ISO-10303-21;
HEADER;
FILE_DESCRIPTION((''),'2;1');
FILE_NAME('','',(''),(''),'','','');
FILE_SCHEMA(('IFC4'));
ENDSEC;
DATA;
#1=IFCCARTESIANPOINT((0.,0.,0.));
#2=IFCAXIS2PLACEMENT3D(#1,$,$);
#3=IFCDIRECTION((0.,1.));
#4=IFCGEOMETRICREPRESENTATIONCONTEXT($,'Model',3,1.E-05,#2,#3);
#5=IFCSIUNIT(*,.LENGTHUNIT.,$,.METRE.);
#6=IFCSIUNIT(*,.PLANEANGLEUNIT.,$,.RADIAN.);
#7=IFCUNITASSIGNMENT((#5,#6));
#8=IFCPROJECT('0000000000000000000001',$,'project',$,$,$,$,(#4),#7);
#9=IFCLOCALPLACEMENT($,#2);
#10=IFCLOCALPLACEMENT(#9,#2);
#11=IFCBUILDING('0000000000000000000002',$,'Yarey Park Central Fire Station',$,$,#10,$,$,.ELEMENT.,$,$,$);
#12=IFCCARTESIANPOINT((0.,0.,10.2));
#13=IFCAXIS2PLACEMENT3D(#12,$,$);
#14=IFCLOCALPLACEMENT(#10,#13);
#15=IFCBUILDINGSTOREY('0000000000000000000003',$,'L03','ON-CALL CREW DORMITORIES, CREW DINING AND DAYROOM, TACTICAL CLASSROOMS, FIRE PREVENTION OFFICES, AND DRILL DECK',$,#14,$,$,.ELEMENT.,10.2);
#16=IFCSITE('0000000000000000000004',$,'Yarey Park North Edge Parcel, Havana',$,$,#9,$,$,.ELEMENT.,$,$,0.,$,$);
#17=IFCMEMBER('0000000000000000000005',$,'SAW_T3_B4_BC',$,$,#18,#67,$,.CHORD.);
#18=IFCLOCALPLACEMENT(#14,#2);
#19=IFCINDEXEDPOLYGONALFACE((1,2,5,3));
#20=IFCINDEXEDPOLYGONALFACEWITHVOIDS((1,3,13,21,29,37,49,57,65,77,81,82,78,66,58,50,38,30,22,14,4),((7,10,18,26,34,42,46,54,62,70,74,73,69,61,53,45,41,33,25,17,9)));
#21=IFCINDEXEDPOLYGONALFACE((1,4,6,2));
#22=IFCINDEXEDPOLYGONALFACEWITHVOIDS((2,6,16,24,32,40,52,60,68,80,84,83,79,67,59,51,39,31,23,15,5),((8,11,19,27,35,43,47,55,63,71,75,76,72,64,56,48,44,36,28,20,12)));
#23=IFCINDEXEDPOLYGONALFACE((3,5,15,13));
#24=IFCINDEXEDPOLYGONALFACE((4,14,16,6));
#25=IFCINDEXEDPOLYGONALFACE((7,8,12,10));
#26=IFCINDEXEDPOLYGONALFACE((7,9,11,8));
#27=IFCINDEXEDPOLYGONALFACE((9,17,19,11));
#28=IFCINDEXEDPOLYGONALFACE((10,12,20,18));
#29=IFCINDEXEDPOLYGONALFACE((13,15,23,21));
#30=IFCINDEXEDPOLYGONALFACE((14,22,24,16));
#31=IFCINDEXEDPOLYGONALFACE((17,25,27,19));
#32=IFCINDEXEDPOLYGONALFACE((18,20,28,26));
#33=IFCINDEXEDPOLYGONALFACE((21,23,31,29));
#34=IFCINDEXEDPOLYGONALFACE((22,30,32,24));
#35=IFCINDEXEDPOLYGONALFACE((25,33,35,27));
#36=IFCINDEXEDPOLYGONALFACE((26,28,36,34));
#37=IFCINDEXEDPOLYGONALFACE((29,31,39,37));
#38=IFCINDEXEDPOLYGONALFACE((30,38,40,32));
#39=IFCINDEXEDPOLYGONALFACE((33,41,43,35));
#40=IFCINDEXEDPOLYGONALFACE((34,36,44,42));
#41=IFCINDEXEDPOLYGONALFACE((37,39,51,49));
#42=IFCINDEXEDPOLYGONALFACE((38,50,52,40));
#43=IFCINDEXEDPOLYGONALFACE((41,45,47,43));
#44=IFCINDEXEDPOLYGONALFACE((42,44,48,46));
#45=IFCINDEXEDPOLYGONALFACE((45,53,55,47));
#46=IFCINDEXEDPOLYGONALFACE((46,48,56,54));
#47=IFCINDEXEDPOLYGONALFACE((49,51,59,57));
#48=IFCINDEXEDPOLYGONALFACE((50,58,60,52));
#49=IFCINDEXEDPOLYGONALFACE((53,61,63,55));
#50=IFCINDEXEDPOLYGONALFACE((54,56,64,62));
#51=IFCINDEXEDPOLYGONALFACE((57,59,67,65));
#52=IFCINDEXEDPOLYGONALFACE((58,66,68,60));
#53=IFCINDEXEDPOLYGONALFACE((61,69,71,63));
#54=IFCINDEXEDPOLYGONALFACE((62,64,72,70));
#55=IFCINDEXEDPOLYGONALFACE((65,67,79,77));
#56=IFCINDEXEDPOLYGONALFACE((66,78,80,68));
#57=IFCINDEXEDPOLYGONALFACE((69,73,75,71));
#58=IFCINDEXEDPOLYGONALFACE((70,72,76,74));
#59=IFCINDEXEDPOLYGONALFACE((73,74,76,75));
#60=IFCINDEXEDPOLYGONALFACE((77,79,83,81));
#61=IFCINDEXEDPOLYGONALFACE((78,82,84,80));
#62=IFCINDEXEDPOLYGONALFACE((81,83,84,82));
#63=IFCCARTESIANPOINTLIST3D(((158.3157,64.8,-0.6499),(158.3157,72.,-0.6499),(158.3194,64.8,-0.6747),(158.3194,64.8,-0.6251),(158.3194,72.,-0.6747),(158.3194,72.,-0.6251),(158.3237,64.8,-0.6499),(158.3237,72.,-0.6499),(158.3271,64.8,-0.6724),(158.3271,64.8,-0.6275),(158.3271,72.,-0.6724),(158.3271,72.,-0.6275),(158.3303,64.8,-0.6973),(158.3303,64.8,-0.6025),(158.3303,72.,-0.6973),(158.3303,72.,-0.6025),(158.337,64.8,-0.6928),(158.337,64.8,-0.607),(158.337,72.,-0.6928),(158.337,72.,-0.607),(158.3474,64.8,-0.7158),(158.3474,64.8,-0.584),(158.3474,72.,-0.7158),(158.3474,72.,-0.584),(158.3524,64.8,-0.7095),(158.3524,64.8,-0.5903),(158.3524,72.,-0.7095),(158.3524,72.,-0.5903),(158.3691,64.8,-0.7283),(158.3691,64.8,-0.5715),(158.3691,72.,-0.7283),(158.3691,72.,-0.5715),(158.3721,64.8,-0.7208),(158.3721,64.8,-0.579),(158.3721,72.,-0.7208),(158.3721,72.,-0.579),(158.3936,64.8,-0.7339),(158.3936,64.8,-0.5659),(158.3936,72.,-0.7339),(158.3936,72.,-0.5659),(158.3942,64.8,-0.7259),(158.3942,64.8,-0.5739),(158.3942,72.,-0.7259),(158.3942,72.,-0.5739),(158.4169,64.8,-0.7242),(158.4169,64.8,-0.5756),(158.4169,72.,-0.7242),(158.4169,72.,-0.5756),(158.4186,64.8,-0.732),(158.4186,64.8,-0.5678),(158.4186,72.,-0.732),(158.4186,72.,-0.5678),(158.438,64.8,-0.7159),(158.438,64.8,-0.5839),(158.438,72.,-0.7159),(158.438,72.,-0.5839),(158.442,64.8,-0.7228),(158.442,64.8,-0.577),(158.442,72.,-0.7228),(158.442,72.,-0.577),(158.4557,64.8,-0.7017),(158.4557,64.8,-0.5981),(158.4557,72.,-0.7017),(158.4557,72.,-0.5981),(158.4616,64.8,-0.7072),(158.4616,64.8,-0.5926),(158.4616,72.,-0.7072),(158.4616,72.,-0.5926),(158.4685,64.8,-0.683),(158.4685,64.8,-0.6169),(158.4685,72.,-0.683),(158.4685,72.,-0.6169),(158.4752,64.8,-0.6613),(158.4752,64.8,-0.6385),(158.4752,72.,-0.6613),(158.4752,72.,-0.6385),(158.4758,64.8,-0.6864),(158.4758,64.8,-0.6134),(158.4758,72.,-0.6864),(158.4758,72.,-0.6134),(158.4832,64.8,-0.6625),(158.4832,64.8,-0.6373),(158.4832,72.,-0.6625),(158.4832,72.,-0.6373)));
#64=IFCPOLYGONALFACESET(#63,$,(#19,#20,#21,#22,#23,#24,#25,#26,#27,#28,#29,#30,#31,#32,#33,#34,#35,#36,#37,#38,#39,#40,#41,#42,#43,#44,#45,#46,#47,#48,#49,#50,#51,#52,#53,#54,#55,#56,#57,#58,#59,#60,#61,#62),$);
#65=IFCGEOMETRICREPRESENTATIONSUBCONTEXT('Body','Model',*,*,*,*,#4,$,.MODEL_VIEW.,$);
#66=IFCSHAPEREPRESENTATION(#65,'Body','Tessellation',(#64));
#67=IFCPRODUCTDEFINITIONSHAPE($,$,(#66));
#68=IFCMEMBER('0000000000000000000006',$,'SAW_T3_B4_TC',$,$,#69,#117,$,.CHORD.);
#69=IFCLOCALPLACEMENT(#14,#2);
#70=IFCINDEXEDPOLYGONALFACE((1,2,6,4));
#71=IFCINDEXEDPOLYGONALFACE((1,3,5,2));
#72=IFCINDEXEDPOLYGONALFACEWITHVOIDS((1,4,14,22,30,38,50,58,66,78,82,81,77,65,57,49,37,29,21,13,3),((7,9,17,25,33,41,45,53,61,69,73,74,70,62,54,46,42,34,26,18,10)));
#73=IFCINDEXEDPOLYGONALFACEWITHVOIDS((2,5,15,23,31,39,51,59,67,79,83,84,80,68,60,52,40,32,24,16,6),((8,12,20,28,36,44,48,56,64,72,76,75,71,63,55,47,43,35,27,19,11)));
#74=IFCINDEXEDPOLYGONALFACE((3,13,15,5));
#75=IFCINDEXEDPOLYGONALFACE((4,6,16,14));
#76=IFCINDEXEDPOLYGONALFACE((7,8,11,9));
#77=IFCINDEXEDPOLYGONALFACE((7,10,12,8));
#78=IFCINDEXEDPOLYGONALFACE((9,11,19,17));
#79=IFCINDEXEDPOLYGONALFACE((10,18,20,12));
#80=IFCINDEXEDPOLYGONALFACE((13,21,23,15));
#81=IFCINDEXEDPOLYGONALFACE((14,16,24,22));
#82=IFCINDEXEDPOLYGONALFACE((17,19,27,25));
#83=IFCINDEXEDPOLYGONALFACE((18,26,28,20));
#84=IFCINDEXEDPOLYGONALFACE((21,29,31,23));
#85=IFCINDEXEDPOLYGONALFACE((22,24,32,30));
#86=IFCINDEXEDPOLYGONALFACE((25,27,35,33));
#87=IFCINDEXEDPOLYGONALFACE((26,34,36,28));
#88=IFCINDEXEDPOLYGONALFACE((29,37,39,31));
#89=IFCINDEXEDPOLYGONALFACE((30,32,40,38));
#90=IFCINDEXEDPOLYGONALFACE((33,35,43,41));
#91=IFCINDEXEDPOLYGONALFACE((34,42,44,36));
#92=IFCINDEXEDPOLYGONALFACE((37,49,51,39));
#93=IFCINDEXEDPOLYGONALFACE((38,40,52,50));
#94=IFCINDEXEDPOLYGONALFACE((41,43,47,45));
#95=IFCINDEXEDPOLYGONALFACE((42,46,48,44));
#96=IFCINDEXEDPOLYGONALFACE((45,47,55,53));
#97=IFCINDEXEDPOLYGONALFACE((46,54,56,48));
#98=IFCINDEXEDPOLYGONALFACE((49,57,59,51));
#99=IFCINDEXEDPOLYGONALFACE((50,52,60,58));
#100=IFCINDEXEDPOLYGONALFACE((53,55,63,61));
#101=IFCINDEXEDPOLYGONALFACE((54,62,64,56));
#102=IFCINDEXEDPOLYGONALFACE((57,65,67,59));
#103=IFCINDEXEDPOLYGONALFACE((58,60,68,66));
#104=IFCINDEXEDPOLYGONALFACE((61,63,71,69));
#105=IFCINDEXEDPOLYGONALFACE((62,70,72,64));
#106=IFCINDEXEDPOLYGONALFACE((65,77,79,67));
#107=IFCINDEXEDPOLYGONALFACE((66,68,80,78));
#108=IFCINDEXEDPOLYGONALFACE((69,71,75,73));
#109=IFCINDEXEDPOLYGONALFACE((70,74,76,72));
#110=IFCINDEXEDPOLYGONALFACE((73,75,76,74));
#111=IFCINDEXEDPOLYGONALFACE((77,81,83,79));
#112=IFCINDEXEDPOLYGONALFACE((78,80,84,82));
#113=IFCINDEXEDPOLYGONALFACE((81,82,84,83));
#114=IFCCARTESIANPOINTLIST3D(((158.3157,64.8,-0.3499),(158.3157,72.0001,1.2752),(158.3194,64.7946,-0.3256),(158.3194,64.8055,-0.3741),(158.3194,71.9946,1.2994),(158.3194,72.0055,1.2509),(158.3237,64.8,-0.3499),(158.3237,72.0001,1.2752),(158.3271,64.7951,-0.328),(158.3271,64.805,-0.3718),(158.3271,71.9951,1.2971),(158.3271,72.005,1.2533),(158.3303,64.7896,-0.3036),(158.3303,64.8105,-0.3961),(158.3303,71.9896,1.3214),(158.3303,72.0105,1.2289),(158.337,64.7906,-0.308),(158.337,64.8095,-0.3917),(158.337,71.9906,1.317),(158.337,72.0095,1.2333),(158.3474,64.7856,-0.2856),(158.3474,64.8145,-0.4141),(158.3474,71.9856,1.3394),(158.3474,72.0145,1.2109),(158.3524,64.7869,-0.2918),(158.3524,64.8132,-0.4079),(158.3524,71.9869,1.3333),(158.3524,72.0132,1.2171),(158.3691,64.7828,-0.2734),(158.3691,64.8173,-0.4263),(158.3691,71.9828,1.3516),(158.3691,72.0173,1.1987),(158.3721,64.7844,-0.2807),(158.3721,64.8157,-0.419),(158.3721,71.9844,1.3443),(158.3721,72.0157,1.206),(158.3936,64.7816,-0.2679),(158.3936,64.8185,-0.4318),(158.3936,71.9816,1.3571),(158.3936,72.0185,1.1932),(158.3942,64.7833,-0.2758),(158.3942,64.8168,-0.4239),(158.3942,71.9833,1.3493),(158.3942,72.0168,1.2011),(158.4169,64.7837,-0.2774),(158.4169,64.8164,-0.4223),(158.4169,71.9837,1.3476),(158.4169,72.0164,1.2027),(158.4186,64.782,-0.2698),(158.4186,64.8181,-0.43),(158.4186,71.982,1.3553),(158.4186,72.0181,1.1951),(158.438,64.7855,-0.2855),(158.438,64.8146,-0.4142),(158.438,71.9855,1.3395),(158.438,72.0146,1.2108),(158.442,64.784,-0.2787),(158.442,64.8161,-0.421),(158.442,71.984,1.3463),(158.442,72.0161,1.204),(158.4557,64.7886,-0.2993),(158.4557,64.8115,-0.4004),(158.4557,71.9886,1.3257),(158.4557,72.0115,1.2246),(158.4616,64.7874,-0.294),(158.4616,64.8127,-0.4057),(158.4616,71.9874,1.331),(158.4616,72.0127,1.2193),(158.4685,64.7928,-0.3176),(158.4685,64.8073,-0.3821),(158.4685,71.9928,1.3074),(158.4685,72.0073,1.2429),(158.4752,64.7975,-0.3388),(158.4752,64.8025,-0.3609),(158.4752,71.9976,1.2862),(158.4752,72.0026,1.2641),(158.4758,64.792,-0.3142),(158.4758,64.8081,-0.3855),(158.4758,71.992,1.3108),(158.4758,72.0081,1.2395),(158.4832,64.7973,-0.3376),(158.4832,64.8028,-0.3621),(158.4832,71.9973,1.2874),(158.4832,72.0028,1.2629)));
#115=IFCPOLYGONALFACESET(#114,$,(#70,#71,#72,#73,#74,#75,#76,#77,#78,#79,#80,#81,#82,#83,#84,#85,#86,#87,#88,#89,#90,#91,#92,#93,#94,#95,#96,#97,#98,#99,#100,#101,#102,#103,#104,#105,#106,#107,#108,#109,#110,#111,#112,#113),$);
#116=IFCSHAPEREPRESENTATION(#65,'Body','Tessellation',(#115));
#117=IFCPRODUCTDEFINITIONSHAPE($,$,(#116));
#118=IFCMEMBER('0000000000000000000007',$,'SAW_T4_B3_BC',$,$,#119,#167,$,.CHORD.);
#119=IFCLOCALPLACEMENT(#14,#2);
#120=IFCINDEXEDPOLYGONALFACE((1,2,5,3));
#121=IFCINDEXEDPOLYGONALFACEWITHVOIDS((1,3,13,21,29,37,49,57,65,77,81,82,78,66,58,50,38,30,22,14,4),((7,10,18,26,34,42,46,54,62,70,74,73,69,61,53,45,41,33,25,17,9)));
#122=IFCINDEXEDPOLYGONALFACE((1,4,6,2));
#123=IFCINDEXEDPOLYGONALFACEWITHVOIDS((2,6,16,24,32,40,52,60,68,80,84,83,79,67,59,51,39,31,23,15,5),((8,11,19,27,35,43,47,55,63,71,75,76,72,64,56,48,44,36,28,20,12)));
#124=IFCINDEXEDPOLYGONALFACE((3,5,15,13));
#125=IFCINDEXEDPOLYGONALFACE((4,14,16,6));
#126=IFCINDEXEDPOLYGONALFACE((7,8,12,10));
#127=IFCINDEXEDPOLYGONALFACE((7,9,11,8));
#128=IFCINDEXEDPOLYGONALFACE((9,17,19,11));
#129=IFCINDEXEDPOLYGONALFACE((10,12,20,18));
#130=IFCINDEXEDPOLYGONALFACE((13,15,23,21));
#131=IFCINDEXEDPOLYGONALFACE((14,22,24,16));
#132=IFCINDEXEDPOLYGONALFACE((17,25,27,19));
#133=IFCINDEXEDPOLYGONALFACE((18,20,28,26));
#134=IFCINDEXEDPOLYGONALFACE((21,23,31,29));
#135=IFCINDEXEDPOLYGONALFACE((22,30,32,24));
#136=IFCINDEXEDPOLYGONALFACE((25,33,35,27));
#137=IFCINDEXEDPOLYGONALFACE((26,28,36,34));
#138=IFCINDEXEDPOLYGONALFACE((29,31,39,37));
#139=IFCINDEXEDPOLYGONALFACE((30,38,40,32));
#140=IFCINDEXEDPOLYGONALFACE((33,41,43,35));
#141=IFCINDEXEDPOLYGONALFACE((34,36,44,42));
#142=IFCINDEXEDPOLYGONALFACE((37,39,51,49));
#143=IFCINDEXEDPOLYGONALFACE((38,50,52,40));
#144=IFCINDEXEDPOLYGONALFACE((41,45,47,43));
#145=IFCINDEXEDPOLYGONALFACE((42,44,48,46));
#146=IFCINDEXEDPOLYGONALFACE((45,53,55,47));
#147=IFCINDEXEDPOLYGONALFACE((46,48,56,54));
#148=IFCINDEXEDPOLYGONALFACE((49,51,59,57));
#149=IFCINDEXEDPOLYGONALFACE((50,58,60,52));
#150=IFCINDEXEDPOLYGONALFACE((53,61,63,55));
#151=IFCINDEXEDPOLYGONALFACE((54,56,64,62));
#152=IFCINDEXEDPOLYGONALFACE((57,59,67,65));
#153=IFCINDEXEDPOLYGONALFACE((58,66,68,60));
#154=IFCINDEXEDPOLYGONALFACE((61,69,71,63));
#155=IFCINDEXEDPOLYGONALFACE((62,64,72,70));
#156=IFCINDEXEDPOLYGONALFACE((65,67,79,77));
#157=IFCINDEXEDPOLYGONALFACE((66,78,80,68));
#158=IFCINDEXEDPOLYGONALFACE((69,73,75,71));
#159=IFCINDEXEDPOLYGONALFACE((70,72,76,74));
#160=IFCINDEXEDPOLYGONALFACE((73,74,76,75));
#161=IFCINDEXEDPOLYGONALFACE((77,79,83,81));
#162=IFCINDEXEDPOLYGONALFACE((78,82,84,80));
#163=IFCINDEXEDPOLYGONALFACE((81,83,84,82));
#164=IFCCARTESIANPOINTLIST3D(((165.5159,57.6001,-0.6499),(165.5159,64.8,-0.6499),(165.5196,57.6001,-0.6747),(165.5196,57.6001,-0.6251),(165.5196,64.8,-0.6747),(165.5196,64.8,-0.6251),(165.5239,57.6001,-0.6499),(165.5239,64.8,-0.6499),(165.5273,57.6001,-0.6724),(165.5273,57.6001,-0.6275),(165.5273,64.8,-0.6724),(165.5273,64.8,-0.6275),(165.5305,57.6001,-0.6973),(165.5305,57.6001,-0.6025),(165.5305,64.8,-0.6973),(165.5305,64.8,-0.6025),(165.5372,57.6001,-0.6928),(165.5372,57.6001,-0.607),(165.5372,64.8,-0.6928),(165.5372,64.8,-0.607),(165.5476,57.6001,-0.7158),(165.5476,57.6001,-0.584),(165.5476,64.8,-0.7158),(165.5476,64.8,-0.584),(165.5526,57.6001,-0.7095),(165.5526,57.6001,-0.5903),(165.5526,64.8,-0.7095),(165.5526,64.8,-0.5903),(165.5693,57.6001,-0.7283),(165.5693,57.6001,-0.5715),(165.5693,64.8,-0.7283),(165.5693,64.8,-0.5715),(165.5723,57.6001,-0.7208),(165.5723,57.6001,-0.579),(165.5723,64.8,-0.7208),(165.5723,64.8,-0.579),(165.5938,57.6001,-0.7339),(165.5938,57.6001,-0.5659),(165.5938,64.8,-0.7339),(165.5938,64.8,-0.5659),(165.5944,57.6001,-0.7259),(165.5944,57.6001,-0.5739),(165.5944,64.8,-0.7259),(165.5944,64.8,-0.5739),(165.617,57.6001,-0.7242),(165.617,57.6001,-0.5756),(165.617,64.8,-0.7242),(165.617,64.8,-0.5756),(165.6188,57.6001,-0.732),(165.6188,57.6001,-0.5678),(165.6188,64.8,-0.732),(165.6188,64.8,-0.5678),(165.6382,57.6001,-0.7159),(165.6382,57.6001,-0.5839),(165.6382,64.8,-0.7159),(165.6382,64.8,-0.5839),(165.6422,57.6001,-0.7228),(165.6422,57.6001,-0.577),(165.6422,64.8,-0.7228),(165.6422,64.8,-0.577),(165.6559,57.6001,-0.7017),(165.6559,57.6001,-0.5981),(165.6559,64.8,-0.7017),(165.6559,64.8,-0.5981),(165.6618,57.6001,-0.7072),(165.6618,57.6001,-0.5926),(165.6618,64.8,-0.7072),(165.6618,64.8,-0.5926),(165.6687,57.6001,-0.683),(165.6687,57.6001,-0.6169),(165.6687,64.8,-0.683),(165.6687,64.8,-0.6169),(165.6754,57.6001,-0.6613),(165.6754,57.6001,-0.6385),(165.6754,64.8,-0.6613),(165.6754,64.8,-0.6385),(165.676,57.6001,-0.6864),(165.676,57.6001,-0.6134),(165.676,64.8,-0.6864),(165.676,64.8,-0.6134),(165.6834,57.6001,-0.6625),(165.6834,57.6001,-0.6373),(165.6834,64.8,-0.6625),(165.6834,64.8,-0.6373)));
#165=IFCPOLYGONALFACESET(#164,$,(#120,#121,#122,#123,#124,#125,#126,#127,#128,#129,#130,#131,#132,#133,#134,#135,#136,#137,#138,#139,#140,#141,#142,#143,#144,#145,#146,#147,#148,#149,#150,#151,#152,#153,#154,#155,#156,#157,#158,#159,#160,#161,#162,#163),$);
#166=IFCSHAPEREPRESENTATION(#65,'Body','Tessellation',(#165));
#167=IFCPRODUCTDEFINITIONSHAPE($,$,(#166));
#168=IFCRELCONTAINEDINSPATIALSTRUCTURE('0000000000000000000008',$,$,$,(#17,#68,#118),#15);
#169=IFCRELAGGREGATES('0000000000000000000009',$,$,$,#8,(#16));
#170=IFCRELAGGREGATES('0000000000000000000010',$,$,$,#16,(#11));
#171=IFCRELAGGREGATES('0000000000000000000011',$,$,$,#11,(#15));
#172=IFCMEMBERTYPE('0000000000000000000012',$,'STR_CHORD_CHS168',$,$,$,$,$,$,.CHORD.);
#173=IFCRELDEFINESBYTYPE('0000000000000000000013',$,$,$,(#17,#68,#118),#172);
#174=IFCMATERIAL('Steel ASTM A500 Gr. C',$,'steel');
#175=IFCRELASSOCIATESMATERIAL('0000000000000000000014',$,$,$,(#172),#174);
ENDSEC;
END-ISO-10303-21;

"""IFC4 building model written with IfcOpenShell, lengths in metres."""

from ifc_helpers import new_model, si_unit, direction, frame, origin, origin_2d, place, context, subcontext, project, spatial, hollow_circle, extrude, material, material_profile, profile_set, type_object, element, save


model = new_model("IFC4")

# Units and contexts
model_context = context("Model", 3, precision=1e-05, world=origin(), true_north=direction((0.0, 1.0)))
body_context = subcontext(model_context, "Body", "Model", "MODEL_VIEW")
ifc_project = project(units=[si_unit("LENGTHUNIT", "METRE"), si_unit("PLANEANGLEUNIT", "RADIAN")], contexts=[model_context])

# Site, building, storey
site_placement = place(None, origin())
site = spatial("IfcSite", under=ifc_project, at=site_placement, Name="Yarey Park North Edge Parcel, Havana", CompositionType="ELEMENT", RefElevation=0.0)
building_placement = place(site_placement, origin())
building = spatial("IfcBuilding", under=site, at=building_placement, Name="Yarey Park Central Fire Station", CompositionType="ELEMENT")
storey_placement = place(building_placement, frame((0.0, 0.0, 10.2)))
storey = spatial("IfcBuildingStorey", under=building, at=storey_placement, Name="L03", Description="ON-CALL CREW DORMITORIES, CREW DINING AND DAYROOM, TACTICAL CLASSROOMS, FIRE PREVENTION OFFICES, AND DRILL DECK", CompositionType="ELEMENT", Elevation=10.2)

# Members
ifc_material_1 = material(Name="Steel ASTM A500 Gr. C", Category="steel")
ifc_material_profile_1 = material_profile(ifc_material_1, hollow_circle(Radius=0.0842, WallThickness=0.0081, at=origin_2d()), Name="CHS 168.3x8")
ifc_profile_set_1 = profile_set([ifc_material_profile_1], Name="Steel ASTM A500 Gr. C")
member_type_1 = type_object("IfcMemberType", Name="STR_CHORD_CHS168", PredefinedType="CHORD", material=ifc_profile_set_1)
member_1_placement = place(storey_placement, frame((158.3999, 64.8, -0.6499), z_axis=(0.0, 1.0, 0.0), x_axis=(-1.0, 0.0, 0.0)))
element("IfcMember", 1, at=member_1_placement, inside=storey, type_object=member_type_1, Name="SAW_T3_B4_BC", PredefinedType="CHORD", context=body_context, shape_type="SweptSolid", body=[
    extrude(hollow_circle(Radius=0.0842, WallThickness=0.0081, at=origin_2d()), origin(), (0.0, 0.0, 1.0), 7.2),
])
member_2_placement = place(storey_placement, frame((158.3999, 64.8, -0.3499), z_axis=(0.0, 0.975464, 0.220158), x_axis=(-1.0, 0.0, 0.0)))
element("IfcMember", 2, at=member_2_placement, inside=storey, type_object=member_type_1, Name="SAW_T3_B4_TC", PredefinedType="CHORD", context=body_context, shape_type="SweptSolid", body=[
    extrude(hollow_circle(Radius=0.0842, WallThickness=0.0081, at=origin_2d()), origin(), (0.0, 0.0, 1.0), 7.3811),
])
member_3_placement = place(storey_placement, frame((165.6001, 57.6001, -0.6499), z_axis=(0.0, 1.0, 0.0), x_axis=(-1.0, 0.0, 0.0)))
element("IfcMember", 3, at=member_3_placement, inside=storey, type_object=member_type_1, Name="SAW_T4_B3_BC", PredefinedType="CHORD", context=body_context, shape_type="SweptSolid", body=[
    extrude(hollow_circle(Radius=0.0842, WallThickness=0.0081, at=origin_2d()), origin(), (0.0, 0.0, 1.0), 7.2),
])

save(model, "model.ifc")
